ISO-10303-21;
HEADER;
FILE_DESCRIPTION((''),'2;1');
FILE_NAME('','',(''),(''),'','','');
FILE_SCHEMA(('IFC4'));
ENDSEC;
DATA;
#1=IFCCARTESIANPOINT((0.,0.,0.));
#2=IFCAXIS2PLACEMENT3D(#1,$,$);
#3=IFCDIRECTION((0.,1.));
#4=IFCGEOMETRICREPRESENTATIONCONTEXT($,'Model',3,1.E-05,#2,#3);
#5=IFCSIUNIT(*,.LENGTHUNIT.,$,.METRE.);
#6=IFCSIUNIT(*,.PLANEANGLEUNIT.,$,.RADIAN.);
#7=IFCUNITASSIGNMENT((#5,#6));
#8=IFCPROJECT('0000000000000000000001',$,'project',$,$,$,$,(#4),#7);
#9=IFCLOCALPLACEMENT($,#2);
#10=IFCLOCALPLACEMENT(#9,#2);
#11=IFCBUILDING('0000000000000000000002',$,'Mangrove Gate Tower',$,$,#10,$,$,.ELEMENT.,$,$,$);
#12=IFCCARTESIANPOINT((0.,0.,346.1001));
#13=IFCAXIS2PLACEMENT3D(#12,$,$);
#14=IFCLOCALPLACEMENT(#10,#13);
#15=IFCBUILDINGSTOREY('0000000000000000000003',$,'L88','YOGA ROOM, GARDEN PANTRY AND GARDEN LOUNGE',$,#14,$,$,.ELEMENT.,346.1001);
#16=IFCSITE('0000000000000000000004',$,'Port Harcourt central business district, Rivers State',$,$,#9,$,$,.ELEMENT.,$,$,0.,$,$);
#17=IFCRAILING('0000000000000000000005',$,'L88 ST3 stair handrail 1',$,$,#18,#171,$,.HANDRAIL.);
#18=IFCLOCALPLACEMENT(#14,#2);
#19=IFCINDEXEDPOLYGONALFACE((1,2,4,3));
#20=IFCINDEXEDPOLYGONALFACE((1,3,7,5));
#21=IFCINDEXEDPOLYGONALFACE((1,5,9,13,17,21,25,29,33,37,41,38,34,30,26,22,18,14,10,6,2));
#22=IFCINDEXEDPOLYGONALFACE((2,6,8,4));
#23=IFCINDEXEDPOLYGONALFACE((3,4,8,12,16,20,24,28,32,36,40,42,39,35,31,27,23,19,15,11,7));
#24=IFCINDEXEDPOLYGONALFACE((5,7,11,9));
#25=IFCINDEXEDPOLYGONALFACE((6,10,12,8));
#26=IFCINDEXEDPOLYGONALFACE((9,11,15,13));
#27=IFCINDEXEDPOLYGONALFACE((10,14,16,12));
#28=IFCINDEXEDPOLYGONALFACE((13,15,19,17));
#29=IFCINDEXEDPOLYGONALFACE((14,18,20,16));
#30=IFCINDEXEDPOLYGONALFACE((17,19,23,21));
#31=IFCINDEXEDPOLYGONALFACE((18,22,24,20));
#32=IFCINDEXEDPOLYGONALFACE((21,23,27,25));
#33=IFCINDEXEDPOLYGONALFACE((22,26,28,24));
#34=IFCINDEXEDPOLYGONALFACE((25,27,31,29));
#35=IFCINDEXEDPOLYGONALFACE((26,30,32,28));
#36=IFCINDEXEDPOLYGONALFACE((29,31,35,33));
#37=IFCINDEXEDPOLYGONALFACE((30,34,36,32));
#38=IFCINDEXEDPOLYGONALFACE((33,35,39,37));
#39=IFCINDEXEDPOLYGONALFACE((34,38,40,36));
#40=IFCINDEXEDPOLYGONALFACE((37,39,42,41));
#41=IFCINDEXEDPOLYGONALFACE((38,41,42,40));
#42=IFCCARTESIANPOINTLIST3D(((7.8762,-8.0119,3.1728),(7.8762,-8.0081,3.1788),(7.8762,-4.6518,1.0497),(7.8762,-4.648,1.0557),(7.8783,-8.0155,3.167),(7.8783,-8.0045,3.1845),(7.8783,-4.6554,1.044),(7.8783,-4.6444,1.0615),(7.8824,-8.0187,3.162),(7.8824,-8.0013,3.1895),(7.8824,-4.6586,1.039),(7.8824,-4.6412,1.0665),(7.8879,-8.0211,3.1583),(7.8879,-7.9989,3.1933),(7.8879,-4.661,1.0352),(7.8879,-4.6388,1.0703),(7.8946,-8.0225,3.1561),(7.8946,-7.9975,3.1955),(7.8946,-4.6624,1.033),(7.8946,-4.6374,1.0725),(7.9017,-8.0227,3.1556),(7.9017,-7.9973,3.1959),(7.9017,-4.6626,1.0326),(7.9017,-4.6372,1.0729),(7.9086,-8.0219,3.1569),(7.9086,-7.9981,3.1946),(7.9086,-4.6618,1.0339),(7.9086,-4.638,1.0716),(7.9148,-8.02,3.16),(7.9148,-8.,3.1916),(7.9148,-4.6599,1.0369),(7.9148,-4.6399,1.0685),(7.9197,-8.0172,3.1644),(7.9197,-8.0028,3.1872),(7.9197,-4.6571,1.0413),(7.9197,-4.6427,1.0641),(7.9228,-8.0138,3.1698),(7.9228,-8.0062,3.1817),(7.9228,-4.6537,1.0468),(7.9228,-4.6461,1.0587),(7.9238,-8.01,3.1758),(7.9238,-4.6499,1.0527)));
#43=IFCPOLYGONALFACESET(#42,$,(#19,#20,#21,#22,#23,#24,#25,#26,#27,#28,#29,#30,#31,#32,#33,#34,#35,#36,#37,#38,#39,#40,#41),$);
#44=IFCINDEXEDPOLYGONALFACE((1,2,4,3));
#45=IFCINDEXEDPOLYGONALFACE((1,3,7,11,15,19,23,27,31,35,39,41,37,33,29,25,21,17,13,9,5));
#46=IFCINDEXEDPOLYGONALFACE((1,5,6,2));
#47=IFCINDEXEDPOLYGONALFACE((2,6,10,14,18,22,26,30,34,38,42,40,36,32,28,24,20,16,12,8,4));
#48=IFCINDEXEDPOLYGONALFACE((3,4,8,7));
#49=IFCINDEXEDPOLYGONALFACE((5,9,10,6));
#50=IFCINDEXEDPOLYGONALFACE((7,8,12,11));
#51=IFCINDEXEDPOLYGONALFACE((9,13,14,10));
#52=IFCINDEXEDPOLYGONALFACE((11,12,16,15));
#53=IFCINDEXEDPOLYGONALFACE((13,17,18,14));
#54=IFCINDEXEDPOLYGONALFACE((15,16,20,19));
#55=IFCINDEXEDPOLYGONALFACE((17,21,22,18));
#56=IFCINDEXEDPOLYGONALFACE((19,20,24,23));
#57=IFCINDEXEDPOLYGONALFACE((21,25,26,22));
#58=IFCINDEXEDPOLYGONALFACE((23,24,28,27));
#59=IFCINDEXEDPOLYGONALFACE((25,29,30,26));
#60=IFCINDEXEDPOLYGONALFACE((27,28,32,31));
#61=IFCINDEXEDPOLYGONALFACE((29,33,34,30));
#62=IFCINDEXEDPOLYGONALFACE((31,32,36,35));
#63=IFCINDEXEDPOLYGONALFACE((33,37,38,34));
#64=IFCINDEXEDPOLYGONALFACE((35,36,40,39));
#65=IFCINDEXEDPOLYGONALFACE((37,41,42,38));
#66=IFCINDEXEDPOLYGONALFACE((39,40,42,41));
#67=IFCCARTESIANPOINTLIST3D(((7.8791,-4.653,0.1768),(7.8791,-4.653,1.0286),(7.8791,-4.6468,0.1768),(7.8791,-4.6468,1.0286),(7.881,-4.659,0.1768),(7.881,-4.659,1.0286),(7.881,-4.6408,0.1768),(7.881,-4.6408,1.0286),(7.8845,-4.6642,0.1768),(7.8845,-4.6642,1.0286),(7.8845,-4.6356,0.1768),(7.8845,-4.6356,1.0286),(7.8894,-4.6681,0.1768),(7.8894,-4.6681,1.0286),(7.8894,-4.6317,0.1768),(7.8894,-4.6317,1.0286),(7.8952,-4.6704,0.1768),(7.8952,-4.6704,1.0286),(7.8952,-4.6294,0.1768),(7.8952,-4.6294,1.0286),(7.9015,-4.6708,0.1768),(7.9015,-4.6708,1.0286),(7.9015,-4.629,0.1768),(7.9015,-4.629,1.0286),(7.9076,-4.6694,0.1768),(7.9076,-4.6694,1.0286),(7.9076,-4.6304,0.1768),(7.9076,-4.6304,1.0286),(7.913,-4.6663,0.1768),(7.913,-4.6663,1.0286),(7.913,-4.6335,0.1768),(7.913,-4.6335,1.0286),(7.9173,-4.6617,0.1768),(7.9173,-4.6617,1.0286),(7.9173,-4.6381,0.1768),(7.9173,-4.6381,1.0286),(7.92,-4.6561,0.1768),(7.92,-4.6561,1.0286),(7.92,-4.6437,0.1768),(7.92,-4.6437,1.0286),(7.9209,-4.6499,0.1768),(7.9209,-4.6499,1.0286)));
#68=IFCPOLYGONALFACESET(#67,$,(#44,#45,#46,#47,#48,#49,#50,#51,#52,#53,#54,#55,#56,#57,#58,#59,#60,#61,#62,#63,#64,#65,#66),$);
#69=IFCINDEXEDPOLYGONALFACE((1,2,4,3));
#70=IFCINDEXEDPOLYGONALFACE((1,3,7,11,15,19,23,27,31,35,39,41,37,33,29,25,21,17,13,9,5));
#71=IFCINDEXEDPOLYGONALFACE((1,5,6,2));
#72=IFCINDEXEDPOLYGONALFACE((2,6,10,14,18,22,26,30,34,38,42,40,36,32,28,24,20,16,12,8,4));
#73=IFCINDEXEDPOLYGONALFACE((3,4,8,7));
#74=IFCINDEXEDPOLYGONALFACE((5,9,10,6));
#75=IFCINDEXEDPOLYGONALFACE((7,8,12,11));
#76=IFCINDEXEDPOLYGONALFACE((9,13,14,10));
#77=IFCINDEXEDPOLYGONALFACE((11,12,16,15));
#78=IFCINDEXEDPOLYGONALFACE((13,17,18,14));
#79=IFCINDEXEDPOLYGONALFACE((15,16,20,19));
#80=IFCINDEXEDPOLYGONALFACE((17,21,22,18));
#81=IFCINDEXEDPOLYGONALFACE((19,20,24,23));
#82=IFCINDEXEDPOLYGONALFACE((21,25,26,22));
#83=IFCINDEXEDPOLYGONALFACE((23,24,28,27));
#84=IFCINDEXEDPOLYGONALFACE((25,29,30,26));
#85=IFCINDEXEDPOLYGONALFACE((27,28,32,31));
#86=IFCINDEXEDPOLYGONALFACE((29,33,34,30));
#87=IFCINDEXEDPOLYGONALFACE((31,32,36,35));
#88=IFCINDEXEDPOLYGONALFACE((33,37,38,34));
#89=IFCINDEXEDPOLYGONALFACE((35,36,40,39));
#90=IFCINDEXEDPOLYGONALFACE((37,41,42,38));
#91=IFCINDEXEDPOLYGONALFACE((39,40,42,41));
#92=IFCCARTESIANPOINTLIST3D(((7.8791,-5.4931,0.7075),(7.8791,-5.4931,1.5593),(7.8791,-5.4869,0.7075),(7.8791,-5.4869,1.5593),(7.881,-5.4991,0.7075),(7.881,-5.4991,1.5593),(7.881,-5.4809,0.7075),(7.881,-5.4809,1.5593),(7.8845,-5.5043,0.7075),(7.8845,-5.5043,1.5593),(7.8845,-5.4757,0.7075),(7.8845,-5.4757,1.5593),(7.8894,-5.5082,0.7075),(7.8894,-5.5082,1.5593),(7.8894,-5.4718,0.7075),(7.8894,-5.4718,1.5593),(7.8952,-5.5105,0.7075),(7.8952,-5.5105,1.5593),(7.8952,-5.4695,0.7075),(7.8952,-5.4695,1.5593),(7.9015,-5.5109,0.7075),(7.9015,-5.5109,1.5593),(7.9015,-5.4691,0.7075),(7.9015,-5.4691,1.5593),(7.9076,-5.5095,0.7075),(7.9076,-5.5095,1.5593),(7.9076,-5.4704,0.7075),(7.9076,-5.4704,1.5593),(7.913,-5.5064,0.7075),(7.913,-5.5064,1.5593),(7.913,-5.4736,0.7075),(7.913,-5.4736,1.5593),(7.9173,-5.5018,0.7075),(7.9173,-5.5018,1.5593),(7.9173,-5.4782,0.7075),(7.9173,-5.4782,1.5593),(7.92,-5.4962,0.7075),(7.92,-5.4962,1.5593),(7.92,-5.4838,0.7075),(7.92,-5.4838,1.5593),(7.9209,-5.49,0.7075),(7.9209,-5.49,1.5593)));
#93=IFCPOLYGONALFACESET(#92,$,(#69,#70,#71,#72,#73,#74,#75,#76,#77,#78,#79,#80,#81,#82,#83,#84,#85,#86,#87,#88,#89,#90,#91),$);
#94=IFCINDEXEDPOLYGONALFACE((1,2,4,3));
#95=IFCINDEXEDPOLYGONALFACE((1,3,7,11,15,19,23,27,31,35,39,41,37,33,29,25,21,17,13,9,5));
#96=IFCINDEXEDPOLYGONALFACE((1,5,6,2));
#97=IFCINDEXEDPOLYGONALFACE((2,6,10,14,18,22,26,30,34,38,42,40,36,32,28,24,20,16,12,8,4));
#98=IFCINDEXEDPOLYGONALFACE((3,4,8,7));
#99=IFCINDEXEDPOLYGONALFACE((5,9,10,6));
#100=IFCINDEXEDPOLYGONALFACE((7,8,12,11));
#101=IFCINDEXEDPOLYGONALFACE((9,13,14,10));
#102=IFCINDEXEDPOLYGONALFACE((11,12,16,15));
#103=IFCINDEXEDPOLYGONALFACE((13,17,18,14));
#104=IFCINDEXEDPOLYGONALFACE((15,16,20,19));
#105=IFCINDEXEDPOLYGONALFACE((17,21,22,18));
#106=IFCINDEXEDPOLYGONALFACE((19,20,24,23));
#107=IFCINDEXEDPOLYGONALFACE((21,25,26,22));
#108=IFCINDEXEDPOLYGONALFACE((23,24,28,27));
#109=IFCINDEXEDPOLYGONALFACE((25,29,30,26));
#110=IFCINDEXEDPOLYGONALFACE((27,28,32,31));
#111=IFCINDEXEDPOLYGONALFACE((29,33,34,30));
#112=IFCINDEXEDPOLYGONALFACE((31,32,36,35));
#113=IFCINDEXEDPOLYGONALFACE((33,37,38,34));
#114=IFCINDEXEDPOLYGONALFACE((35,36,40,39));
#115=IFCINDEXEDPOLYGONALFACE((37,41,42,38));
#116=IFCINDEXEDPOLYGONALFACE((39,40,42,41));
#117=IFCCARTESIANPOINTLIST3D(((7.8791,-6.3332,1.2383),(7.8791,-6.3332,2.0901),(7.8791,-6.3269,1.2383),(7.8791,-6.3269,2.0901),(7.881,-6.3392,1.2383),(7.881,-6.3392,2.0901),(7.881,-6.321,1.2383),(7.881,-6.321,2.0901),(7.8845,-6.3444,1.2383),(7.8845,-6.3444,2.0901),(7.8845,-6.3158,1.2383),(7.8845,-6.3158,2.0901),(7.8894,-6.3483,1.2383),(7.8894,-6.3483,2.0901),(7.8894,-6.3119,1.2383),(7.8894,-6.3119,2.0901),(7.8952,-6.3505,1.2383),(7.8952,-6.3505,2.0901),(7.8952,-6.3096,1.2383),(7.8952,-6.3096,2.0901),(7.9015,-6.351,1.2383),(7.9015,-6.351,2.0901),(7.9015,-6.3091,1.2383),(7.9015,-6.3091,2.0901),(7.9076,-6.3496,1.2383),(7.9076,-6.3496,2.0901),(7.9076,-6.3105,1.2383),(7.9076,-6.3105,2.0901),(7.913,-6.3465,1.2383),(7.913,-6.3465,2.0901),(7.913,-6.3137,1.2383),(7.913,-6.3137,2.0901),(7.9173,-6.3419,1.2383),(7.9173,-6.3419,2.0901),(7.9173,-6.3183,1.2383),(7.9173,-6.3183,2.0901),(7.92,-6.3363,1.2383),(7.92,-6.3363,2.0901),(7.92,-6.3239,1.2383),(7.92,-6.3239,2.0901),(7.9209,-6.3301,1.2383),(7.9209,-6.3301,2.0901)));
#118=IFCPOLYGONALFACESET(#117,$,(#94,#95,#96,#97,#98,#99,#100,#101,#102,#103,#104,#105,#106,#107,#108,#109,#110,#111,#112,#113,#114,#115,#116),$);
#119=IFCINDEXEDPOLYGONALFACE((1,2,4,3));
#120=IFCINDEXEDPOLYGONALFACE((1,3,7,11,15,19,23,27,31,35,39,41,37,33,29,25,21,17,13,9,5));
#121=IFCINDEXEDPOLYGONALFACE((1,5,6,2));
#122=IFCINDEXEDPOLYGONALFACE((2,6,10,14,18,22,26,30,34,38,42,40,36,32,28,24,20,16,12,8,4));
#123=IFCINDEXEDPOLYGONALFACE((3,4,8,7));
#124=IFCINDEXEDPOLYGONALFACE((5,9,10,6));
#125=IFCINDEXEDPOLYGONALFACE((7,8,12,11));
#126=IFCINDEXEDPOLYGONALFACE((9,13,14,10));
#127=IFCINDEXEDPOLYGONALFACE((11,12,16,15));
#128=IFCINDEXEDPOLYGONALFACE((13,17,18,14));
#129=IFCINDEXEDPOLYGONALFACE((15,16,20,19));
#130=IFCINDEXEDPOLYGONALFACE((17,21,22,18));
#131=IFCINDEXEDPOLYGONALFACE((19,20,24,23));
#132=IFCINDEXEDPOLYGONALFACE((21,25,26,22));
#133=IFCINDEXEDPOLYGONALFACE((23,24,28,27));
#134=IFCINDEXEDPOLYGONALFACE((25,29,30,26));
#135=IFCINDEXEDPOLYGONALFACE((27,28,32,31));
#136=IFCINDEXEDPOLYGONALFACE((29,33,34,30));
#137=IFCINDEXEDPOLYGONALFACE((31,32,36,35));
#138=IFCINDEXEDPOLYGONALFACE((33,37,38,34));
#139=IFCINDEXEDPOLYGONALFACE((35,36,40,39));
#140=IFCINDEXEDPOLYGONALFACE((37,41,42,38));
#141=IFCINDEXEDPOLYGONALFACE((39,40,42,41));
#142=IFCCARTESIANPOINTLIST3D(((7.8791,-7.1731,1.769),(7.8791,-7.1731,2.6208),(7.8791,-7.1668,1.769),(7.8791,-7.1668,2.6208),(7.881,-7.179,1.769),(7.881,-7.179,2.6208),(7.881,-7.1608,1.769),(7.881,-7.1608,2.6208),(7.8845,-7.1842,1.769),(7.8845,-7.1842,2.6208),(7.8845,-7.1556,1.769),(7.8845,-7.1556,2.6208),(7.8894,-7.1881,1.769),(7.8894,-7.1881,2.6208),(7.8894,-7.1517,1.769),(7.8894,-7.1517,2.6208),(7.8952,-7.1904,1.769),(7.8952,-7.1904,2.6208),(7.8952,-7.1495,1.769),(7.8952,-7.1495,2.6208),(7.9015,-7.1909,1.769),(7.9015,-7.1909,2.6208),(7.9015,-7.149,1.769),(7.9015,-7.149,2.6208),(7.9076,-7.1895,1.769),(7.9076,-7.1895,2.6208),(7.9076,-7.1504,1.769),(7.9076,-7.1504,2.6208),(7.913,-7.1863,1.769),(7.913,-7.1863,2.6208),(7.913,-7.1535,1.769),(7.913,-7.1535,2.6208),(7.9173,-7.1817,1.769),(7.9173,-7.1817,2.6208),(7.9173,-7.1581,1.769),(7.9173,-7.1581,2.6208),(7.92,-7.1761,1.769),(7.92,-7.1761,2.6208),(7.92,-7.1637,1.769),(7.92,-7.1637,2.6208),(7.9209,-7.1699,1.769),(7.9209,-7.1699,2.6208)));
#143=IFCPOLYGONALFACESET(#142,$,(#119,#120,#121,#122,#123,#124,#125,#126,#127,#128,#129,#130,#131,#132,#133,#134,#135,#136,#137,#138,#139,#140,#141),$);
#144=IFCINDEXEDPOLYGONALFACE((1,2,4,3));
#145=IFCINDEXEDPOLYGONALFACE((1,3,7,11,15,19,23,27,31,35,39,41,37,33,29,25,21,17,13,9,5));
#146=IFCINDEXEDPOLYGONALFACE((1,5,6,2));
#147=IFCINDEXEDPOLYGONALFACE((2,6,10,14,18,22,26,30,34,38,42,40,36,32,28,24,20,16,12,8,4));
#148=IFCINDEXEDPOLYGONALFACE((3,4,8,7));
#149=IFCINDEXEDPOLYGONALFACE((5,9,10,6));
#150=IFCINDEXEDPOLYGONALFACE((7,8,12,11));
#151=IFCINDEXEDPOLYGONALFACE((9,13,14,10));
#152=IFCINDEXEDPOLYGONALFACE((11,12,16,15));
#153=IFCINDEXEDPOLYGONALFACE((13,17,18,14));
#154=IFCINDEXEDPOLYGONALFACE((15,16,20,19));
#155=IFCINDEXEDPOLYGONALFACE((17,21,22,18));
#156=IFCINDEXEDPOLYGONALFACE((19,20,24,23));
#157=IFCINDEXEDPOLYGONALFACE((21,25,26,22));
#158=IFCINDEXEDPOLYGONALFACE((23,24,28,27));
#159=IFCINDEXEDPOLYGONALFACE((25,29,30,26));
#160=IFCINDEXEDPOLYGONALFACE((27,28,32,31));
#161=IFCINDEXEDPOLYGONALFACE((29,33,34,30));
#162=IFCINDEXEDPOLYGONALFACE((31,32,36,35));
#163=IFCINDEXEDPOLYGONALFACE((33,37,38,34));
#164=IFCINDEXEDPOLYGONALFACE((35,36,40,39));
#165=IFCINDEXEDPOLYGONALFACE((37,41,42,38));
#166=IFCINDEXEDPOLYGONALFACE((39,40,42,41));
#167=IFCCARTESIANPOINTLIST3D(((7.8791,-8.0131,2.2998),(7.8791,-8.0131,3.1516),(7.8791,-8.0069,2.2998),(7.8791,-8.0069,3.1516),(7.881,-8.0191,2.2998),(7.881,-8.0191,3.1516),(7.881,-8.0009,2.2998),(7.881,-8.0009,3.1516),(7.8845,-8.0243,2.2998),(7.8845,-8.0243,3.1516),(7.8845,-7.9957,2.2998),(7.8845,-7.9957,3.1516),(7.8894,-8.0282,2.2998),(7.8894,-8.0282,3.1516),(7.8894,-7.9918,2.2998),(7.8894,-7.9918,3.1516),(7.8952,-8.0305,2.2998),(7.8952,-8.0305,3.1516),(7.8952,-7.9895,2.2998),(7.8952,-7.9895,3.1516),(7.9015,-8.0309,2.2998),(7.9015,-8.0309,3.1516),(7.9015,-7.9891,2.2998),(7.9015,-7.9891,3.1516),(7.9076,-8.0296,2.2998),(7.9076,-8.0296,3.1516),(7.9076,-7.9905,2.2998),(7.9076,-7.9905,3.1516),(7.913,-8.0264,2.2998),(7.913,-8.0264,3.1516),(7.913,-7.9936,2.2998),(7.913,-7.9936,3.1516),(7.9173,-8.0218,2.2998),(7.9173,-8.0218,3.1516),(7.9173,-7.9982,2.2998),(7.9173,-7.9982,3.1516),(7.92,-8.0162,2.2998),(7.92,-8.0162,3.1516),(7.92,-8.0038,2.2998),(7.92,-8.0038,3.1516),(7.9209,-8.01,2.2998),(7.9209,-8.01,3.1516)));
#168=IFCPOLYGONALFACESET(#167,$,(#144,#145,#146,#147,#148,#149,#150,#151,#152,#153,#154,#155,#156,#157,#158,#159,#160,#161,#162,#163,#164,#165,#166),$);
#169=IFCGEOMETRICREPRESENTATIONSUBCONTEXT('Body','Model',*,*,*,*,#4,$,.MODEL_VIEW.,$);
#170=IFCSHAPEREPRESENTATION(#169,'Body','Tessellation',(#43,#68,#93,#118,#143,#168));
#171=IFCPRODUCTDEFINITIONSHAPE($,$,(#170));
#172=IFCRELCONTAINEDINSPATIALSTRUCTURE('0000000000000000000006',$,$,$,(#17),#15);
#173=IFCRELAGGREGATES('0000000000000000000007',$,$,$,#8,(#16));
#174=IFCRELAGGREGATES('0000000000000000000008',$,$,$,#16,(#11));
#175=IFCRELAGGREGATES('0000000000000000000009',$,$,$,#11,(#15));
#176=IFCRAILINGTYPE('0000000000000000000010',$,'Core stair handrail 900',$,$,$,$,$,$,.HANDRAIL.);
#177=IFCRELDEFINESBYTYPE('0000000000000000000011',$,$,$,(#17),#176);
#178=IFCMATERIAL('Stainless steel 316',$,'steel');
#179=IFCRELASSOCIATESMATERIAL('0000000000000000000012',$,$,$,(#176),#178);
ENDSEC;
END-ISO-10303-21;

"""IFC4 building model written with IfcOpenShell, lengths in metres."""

from ifc_helpers import new_model, si_unit, direction, frame, origin, origin_2d, place, context, subcontext, project, spatial, circle, extrude, material, type_object, element, save


model = new_model("IFC4")

# Units and contexts
model_context = context("Model", 3, precision=1e-05, world=origin(), true_north=direction((0.0, 1.0)))
body_context = subcontext(model_context, "Body", "Model", "MODEL_VIEW")
ifc_project = project(units=[si_unit("LENGTHUNIT", "METRE"), si_unit("PLANEANGLEUNIT", "RADIAN")], contexts=[model_context])

# Site, building, storey
site_placement = place(None, origin())
site = spatial("IfcSite", under=ifc_project, at=site_placement, Name="Port Harcourt central business district, Rivers State", CompositionType="ELEMENT", RefElevation=0.0)
building_placement = place(site_placement, origin())
building = spatial("IfcBuilding", under=site, at=building_placement, Name="Mangrove Gate Tower", CompositionType="ELEMENT")
storey_placement = place(building_placement, frame((0.0, 0.0, 346.1001)))
storey = spatial("IfcBuildingStorey", under=building, at=storey_placement, Name="L88", Description="YOGA ROOM, GARDEN PANTRY AND GARDEN LOUNGE", CompositionType="ELEMENT", Elevation=346.1001)

# Railing
ifc_material_1 = material(Name="Stainless steel 316", Category="steel")
railing_type_1 = type_object("IfcRailingType", Name="Core stair handrail 900", PredefinedType="HANDRAIL", material=ifc_material_1)
railing_1_placement = place(storey_placement, frame((7.8999, -4.6499, 0.1768)))
element("IfcRailing", 1, at=railing_1_placement, inside=storey, type_object=railing_type_1, Name="L88 ST3 stair handrail 1", PredefinedType="HANDRAIL", context=body_context, shape_type="SweptSolid", body=[
    extrude(circle(Radius=0.0239, at=origin_2d()), frame((0.0, 0.0, 0.876), z_axis=(0.0, -0.84539, 0.53415), x_axis=(1.0, 0.0, 0.0)), (0.0, 0.0, 1.0), 3.9746),
    extrude(circle(Radius=0.021, at=origin_2d()), origin(), (0.0, 0.0, 1.0), 0.8518),
    extrude(circle(Radius=0.021, at=origin_2d()), frame((0.0, -0.8401, 0.5308)), (0.0, 0.0, 1.0), 0.8518),
    extrude(circle(Radius=0.021, at=origin_2d()), frame((0.0, -1.6802, 1.0615)), (0.0, 0.0, 1.0), 0.8518),
    extrude(circle(Radius=0.021, at=origin_2d()), frame((0.0, -2.52, 1.5923)), (0.0, 0.0, 1.0), 0.8518),
    extrude(circle(Radius=0.021, at=origin_2d()), frame((0.0, -3.3601, 2.123)), (0.0, 0.0, 1.0), 0.8518),
])

save(model, "model.ifc")
